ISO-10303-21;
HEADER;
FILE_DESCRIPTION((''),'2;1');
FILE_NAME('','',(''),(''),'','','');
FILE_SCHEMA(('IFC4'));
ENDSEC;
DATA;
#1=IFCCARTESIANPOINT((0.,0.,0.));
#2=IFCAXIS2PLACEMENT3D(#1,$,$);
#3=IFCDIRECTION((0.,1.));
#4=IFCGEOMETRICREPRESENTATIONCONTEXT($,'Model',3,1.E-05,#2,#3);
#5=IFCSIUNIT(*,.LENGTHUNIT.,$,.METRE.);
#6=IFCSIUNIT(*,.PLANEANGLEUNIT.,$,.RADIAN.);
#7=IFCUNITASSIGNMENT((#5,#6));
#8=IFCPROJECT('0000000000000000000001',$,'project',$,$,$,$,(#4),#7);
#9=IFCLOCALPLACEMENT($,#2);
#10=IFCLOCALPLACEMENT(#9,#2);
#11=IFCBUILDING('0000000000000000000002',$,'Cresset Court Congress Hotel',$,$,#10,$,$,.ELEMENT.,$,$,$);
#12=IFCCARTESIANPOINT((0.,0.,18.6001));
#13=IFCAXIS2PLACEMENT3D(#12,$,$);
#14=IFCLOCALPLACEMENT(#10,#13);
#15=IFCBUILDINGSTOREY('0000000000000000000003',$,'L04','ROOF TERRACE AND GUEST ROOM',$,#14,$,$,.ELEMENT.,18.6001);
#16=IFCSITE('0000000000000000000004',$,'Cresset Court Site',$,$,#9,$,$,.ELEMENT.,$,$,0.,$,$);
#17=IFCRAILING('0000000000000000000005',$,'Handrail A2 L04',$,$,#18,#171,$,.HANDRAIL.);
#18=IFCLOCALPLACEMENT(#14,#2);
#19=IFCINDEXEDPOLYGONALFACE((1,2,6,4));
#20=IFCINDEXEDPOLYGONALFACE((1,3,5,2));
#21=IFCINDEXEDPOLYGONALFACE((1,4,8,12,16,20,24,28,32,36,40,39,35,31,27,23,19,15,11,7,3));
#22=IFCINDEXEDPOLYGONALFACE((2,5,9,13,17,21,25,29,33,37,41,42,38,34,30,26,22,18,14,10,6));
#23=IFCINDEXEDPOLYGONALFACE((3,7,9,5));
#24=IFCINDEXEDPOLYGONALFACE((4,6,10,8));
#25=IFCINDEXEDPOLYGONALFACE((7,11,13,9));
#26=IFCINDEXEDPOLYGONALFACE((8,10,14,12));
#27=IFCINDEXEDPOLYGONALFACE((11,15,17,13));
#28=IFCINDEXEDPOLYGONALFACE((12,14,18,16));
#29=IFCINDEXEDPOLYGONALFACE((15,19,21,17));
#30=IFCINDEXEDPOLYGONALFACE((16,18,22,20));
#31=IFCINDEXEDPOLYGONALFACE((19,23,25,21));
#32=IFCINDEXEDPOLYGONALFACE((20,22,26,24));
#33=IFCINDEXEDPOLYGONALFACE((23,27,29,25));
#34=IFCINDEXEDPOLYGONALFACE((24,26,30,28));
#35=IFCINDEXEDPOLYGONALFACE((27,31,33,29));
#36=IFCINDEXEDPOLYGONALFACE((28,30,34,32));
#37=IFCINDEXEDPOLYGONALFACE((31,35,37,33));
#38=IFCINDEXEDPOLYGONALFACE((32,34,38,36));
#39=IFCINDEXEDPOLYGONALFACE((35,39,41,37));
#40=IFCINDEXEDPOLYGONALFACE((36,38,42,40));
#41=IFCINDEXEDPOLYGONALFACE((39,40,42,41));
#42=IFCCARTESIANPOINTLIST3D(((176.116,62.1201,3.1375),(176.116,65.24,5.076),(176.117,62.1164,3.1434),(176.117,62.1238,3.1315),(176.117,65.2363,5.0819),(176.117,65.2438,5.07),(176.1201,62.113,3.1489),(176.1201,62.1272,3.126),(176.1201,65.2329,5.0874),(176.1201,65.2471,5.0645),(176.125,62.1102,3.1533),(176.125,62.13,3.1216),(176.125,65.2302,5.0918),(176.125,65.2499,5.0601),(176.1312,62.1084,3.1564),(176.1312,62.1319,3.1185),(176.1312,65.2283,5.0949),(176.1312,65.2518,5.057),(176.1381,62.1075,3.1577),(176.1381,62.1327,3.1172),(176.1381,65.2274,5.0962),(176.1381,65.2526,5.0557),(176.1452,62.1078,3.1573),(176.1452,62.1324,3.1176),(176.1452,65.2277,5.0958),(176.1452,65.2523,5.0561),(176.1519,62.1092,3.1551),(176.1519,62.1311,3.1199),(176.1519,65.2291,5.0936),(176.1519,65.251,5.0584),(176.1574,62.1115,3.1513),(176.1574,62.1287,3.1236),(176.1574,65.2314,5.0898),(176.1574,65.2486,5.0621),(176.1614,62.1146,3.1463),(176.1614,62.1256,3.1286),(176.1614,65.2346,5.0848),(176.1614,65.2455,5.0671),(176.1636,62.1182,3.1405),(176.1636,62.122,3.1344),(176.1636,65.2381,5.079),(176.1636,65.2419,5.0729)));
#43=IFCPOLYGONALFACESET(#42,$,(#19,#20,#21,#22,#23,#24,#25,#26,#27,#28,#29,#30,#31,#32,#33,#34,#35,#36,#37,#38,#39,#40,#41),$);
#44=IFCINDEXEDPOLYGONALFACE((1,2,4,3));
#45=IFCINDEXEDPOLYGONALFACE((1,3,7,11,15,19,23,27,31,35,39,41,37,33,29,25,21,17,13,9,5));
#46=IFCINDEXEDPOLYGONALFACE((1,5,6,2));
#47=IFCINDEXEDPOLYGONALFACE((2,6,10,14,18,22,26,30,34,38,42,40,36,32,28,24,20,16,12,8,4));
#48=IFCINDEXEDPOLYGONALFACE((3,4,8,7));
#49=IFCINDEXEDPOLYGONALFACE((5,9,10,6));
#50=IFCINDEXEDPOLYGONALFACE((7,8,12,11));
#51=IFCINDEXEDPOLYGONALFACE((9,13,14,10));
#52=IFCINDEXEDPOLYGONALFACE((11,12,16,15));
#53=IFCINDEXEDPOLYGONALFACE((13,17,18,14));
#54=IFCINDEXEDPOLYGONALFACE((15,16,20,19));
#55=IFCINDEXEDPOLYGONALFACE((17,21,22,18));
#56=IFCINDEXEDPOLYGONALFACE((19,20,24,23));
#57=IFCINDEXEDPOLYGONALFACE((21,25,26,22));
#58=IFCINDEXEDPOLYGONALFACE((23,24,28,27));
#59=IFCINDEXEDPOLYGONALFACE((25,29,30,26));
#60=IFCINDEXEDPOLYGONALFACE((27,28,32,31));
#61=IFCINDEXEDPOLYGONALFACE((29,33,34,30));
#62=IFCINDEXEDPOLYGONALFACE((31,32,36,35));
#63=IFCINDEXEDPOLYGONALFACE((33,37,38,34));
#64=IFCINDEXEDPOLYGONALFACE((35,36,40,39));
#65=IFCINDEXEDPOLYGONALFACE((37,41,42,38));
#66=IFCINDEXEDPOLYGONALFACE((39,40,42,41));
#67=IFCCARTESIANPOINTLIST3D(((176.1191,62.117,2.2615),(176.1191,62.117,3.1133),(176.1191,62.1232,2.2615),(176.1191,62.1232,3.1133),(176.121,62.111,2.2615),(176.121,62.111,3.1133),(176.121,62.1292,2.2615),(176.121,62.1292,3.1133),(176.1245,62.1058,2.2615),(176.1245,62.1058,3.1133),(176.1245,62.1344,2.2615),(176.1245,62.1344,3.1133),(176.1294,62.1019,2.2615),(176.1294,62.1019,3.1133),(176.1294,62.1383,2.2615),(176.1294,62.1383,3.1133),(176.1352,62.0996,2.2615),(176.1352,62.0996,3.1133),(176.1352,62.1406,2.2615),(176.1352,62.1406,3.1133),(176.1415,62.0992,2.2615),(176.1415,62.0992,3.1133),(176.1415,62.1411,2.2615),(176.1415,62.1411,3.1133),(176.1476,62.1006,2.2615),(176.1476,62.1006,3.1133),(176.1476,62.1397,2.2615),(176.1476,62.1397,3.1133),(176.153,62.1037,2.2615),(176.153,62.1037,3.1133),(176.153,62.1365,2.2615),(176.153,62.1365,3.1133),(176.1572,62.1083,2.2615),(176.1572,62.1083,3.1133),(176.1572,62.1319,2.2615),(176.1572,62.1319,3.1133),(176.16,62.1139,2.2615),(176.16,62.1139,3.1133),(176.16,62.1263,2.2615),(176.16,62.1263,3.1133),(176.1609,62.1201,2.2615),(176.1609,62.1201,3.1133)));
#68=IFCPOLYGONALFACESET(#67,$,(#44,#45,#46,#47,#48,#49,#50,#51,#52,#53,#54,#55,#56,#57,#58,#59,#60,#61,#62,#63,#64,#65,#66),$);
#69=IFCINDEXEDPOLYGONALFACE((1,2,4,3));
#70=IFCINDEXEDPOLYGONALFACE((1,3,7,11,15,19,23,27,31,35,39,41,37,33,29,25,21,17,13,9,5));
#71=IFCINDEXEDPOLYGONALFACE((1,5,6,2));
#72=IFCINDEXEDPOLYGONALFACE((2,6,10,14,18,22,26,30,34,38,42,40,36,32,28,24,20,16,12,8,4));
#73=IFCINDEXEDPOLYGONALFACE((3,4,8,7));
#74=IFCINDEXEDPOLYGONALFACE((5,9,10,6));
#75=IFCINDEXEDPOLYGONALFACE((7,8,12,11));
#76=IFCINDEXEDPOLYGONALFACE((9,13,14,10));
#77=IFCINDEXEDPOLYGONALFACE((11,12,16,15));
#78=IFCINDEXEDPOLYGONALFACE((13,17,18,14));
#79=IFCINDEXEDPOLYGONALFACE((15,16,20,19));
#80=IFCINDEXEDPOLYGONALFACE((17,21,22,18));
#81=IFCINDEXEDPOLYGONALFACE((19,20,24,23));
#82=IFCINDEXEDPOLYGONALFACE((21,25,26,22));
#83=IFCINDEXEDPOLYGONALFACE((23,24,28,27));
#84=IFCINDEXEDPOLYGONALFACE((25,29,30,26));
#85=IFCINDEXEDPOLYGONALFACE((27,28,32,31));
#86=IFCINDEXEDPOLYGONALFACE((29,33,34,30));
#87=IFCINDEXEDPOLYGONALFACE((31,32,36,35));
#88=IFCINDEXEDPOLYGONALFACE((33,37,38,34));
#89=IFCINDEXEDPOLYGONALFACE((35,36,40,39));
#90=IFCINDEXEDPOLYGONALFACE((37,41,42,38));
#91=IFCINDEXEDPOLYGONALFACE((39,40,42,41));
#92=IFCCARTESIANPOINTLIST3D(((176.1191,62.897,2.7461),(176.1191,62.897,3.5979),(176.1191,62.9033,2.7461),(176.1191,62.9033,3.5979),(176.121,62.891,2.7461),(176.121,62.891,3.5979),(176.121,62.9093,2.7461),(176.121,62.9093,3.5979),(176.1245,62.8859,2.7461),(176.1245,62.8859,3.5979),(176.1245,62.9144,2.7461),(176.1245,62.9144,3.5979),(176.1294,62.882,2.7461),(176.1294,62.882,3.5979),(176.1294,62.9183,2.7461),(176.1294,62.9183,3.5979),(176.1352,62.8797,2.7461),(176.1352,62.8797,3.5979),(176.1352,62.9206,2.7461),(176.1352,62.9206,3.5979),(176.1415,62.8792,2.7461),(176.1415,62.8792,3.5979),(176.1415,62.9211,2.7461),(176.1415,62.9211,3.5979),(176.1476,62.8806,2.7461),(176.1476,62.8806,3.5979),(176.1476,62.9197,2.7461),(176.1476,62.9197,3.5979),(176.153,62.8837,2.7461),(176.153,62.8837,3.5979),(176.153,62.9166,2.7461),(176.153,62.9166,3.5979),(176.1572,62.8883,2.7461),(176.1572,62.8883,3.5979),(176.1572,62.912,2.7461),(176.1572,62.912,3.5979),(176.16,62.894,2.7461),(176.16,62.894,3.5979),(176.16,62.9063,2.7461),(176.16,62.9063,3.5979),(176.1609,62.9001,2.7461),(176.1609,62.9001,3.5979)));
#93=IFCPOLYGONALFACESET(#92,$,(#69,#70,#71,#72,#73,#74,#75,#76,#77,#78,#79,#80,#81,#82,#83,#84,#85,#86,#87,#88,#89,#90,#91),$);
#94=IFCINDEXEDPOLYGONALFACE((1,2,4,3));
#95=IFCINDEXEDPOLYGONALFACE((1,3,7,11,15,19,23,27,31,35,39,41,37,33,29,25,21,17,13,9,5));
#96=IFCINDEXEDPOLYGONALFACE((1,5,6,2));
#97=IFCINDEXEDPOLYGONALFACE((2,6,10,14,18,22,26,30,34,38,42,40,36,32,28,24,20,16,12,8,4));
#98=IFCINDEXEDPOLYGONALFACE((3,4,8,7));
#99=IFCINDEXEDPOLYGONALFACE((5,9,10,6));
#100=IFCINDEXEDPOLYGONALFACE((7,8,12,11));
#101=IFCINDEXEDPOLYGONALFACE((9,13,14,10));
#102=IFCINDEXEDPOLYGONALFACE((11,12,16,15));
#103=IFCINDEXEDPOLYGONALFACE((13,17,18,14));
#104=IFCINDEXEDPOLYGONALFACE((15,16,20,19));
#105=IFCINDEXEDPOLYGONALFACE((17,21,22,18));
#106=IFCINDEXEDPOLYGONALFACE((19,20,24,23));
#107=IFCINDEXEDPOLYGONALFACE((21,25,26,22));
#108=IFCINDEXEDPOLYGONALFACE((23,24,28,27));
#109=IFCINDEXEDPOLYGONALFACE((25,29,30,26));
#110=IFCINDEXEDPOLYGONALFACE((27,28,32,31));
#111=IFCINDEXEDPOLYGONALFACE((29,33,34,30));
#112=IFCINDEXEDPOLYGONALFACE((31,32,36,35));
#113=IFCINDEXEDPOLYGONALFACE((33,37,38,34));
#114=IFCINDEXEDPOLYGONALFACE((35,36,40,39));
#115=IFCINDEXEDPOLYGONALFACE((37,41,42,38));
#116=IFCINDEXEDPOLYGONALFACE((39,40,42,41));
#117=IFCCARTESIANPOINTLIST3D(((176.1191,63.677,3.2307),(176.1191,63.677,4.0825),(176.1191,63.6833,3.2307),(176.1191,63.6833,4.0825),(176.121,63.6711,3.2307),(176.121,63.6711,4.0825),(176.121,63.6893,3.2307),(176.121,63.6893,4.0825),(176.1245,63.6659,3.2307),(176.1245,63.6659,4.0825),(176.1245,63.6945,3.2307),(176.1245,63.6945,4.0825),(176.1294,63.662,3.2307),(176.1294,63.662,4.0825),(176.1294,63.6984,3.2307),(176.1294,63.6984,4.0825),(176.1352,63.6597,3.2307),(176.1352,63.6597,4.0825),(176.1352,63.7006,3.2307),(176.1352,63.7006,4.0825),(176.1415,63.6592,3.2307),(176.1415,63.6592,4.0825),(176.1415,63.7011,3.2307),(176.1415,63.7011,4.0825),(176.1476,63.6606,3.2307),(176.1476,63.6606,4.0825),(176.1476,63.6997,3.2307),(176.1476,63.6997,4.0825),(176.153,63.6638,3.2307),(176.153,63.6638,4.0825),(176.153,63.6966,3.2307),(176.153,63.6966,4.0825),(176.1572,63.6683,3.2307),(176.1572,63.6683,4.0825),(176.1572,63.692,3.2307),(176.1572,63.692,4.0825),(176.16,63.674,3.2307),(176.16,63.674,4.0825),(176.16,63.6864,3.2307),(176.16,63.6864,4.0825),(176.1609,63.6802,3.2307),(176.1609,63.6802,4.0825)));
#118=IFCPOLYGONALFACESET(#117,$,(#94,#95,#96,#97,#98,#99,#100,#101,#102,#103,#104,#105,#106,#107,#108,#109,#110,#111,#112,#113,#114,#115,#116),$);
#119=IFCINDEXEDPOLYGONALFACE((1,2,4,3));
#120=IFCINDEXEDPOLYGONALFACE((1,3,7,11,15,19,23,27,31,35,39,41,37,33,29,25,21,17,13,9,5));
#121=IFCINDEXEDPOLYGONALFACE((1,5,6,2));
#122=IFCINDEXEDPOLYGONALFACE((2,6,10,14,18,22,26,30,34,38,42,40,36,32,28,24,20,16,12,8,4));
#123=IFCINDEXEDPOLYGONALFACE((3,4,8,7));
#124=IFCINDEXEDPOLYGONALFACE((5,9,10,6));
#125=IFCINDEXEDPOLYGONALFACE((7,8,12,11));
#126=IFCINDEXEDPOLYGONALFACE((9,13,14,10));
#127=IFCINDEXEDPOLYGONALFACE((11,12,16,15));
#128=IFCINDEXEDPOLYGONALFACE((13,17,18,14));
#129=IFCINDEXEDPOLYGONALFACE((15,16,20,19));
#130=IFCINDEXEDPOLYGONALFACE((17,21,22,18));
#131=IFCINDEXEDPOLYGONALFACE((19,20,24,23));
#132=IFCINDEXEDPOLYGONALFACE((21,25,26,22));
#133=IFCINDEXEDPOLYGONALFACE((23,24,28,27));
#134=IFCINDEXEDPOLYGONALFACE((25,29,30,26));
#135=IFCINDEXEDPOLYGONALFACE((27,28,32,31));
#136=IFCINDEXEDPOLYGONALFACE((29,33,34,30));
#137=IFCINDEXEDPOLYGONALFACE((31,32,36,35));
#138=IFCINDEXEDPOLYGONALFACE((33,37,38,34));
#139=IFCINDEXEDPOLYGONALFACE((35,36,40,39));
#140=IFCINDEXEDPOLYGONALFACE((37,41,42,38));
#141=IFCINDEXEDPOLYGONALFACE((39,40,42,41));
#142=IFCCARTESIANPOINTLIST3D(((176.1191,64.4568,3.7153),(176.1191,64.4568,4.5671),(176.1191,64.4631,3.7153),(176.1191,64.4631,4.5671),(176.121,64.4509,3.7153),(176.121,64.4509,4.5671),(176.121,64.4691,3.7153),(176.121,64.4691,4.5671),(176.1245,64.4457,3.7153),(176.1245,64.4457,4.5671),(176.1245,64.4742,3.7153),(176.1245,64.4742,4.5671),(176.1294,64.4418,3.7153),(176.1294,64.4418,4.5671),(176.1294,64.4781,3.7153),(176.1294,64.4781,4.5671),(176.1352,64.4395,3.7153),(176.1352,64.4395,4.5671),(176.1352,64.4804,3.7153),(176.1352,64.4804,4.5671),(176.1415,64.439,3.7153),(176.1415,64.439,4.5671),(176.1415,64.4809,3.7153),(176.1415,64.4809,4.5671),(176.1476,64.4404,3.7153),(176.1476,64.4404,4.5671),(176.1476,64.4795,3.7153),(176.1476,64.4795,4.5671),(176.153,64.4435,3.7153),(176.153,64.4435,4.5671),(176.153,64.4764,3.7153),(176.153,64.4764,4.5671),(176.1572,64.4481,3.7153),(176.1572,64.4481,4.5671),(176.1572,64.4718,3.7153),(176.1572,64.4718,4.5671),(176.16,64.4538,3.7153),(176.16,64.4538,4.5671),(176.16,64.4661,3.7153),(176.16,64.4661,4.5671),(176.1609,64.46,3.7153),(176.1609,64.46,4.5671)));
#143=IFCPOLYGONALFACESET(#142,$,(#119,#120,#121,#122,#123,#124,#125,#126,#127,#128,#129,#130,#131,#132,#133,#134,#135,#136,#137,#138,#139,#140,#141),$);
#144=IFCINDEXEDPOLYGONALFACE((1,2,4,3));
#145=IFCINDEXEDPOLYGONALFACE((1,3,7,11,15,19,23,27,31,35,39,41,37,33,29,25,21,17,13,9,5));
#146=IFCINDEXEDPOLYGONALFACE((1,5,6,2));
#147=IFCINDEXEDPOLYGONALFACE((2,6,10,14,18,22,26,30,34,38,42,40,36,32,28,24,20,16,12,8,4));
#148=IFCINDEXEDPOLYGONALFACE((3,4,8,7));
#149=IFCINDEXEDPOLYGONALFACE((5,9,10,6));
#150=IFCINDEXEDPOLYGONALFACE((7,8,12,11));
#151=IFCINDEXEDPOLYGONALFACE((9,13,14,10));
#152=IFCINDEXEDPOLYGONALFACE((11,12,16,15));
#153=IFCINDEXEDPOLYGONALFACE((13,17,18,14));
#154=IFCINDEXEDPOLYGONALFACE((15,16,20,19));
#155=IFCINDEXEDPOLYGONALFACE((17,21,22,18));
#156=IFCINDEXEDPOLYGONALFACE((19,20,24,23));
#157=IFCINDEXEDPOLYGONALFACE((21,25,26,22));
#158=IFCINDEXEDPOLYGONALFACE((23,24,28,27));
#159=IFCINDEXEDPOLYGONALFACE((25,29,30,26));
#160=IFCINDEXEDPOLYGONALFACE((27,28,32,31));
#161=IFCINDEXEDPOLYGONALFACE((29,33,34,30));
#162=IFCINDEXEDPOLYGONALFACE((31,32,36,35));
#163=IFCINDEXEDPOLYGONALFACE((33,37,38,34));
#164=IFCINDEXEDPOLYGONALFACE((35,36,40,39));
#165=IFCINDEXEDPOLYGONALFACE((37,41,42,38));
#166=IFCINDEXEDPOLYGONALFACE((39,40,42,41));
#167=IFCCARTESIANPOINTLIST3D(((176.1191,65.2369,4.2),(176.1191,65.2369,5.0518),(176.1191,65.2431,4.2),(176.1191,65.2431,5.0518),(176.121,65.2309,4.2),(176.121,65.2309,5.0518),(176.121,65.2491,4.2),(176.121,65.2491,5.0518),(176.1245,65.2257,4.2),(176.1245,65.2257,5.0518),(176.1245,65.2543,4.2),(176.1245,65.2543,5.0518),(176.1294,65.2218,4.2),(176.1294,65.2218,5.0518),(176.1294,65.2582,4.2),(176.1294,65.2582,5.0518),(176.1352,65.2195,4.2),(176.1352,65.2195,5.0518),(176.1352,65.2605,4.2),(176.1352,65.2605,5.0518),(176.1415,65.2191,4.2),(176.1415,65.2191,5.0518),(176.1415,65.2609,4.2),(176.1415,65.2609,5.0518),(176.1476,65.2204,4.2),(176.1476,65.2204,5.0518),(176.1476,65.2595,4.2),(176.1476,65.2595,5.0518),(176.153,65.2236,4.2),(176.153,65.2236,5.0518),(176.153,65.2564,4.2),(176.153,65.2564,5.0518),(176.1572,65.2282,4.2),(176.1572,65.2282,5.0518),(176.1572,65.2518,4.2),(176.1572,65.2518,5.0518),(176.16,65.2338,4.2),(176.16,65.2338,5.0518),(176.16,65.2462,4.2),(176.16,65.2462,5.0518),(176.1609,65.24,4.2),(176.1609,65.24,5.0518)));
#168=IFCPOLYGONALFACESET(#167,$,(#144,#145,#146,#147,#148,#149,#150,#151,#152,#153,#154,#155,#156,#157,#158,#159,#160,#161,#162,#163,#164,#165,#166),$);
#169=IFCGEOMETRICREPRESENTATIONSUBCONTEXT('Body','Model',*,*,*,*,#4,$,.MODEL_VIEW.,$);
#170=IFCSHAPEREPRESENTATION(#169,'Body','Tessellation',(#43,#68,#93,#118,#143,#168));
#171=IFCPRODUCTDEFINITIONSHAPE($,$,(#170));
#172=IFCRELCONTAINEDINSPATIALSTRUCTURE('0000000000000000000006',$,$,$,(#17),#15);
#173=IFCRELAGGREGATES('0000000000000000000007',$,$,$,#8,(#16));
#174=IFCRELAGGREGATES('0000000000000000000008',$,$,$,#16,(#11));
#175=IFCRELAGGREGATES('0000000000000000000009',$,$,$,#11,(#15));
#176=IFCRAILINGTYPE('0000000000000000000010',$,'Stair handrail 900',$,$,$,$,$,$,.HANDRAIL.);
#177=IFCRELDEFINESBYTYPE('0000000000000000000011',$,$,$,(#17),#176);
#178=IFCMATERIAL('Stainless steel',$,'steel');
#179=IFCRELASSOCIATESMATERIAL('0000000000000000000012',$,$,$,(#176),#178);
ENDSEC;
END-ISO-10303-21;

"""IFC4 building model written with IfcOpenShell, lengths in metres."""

from ifc_helpers import new_model, si_unit, direction, frame, origin, origin_2d, place, context, subcontext, project, spatial, circle, extrude, material, type_object, element, save


model = new_model("IFC4")

# Units and contexts
model_context = context("Model", 3, precision=1e-05, world=origin(), true_north=direction((0.0, 1.0)))
body_context = subcontext(model_context, "Body", "Model", "MODEL_VIEW")
ifc_project = project(units=[si_unit("LENGTHUNIT", "METRE"), si_unit("PLANEANGLEUNIT", "RADIAN")], contexts=[model_context])

# Site, building, storey
site_placement = place(None, origin())
site = spatial("IfcSite", under=ifc_project, at=site_placement, Name="Cresset Court Site", CompositionType="ELEMENT", RefElevation=0.0)
building_placement = place(site_placement, origin())
building = spatial("IfcBuilding", under=site, at=building_placement, Name="Cresset Court Congress Hotel", CompositionType="ELEMENT")
storey_placement = place(building_placement, frame((0.0, 0.0, 18.6001)))
storey = spatial("IfcBuildingStorey", under=building, at=storey_placement, Name="L04", Description="ROOF TERRACE AND GUEST ROOM", CompositionType="ELEMENT", Elevation=18.6001)

# Railing
ifc_material_1 = material(Name="Stainless steel", Category="steel")
railing_type_1 = type_object("IfcRailingType", Name="Stair handrail 900", PredefinedType="HANDRAIL", material=ifc_material_1)
for number, where, name in (
    (1, (176.1399, 62.1201, 2.2615), "Handrail A2 L04"),
):
    element("IfcRailing", number, at=place(storey_placement, frame(where)), inside=storey, type_object=railing_type_1, Name=name, PredefinedType="HANDRAIL", context=body_context, shape_type="SweptSolid", body=[
        extrude(circle(Radius=0.0239, at=origin_2d()), frame((0.0, 0.0, 0.876), z_axis=(0.0, 0.849396, 0.527757), x_axis=(-1.0, 0.0, 0.0)), (0.0, 0.0, 1.0), 3.6731),
        extrude(circle(Radius=0.021, at=origin_2d()), origin(), (0.0, 0.0, 1.0), 0.8518),
        extrude(circle(Radius=0.021, at=origin_2d()), frame((0.0, 0.78, 0.4846)), (0.0, 0.0, 1.0), 0.8518),
        extrude(circle(Radius=0.021, at=origin_2d()), frame((0.0, 1.5601, 0.9692)), (0.0, 0.0, 1.0), 0.8518),
        extrude(circle(Radius=0.021, at=origin_2d()), frame((0.0, 2.3398, 1.4539)), (0.0, 0.0, 1.0), 0.8518),
        extrude(circle(Radius=0.021, at=origin_2d()), frame((0.0, 3.1199, 1.9385)), (0.0, 0.0, 1.0), 0.8518),
    ])

save(model, "model.ifc")
